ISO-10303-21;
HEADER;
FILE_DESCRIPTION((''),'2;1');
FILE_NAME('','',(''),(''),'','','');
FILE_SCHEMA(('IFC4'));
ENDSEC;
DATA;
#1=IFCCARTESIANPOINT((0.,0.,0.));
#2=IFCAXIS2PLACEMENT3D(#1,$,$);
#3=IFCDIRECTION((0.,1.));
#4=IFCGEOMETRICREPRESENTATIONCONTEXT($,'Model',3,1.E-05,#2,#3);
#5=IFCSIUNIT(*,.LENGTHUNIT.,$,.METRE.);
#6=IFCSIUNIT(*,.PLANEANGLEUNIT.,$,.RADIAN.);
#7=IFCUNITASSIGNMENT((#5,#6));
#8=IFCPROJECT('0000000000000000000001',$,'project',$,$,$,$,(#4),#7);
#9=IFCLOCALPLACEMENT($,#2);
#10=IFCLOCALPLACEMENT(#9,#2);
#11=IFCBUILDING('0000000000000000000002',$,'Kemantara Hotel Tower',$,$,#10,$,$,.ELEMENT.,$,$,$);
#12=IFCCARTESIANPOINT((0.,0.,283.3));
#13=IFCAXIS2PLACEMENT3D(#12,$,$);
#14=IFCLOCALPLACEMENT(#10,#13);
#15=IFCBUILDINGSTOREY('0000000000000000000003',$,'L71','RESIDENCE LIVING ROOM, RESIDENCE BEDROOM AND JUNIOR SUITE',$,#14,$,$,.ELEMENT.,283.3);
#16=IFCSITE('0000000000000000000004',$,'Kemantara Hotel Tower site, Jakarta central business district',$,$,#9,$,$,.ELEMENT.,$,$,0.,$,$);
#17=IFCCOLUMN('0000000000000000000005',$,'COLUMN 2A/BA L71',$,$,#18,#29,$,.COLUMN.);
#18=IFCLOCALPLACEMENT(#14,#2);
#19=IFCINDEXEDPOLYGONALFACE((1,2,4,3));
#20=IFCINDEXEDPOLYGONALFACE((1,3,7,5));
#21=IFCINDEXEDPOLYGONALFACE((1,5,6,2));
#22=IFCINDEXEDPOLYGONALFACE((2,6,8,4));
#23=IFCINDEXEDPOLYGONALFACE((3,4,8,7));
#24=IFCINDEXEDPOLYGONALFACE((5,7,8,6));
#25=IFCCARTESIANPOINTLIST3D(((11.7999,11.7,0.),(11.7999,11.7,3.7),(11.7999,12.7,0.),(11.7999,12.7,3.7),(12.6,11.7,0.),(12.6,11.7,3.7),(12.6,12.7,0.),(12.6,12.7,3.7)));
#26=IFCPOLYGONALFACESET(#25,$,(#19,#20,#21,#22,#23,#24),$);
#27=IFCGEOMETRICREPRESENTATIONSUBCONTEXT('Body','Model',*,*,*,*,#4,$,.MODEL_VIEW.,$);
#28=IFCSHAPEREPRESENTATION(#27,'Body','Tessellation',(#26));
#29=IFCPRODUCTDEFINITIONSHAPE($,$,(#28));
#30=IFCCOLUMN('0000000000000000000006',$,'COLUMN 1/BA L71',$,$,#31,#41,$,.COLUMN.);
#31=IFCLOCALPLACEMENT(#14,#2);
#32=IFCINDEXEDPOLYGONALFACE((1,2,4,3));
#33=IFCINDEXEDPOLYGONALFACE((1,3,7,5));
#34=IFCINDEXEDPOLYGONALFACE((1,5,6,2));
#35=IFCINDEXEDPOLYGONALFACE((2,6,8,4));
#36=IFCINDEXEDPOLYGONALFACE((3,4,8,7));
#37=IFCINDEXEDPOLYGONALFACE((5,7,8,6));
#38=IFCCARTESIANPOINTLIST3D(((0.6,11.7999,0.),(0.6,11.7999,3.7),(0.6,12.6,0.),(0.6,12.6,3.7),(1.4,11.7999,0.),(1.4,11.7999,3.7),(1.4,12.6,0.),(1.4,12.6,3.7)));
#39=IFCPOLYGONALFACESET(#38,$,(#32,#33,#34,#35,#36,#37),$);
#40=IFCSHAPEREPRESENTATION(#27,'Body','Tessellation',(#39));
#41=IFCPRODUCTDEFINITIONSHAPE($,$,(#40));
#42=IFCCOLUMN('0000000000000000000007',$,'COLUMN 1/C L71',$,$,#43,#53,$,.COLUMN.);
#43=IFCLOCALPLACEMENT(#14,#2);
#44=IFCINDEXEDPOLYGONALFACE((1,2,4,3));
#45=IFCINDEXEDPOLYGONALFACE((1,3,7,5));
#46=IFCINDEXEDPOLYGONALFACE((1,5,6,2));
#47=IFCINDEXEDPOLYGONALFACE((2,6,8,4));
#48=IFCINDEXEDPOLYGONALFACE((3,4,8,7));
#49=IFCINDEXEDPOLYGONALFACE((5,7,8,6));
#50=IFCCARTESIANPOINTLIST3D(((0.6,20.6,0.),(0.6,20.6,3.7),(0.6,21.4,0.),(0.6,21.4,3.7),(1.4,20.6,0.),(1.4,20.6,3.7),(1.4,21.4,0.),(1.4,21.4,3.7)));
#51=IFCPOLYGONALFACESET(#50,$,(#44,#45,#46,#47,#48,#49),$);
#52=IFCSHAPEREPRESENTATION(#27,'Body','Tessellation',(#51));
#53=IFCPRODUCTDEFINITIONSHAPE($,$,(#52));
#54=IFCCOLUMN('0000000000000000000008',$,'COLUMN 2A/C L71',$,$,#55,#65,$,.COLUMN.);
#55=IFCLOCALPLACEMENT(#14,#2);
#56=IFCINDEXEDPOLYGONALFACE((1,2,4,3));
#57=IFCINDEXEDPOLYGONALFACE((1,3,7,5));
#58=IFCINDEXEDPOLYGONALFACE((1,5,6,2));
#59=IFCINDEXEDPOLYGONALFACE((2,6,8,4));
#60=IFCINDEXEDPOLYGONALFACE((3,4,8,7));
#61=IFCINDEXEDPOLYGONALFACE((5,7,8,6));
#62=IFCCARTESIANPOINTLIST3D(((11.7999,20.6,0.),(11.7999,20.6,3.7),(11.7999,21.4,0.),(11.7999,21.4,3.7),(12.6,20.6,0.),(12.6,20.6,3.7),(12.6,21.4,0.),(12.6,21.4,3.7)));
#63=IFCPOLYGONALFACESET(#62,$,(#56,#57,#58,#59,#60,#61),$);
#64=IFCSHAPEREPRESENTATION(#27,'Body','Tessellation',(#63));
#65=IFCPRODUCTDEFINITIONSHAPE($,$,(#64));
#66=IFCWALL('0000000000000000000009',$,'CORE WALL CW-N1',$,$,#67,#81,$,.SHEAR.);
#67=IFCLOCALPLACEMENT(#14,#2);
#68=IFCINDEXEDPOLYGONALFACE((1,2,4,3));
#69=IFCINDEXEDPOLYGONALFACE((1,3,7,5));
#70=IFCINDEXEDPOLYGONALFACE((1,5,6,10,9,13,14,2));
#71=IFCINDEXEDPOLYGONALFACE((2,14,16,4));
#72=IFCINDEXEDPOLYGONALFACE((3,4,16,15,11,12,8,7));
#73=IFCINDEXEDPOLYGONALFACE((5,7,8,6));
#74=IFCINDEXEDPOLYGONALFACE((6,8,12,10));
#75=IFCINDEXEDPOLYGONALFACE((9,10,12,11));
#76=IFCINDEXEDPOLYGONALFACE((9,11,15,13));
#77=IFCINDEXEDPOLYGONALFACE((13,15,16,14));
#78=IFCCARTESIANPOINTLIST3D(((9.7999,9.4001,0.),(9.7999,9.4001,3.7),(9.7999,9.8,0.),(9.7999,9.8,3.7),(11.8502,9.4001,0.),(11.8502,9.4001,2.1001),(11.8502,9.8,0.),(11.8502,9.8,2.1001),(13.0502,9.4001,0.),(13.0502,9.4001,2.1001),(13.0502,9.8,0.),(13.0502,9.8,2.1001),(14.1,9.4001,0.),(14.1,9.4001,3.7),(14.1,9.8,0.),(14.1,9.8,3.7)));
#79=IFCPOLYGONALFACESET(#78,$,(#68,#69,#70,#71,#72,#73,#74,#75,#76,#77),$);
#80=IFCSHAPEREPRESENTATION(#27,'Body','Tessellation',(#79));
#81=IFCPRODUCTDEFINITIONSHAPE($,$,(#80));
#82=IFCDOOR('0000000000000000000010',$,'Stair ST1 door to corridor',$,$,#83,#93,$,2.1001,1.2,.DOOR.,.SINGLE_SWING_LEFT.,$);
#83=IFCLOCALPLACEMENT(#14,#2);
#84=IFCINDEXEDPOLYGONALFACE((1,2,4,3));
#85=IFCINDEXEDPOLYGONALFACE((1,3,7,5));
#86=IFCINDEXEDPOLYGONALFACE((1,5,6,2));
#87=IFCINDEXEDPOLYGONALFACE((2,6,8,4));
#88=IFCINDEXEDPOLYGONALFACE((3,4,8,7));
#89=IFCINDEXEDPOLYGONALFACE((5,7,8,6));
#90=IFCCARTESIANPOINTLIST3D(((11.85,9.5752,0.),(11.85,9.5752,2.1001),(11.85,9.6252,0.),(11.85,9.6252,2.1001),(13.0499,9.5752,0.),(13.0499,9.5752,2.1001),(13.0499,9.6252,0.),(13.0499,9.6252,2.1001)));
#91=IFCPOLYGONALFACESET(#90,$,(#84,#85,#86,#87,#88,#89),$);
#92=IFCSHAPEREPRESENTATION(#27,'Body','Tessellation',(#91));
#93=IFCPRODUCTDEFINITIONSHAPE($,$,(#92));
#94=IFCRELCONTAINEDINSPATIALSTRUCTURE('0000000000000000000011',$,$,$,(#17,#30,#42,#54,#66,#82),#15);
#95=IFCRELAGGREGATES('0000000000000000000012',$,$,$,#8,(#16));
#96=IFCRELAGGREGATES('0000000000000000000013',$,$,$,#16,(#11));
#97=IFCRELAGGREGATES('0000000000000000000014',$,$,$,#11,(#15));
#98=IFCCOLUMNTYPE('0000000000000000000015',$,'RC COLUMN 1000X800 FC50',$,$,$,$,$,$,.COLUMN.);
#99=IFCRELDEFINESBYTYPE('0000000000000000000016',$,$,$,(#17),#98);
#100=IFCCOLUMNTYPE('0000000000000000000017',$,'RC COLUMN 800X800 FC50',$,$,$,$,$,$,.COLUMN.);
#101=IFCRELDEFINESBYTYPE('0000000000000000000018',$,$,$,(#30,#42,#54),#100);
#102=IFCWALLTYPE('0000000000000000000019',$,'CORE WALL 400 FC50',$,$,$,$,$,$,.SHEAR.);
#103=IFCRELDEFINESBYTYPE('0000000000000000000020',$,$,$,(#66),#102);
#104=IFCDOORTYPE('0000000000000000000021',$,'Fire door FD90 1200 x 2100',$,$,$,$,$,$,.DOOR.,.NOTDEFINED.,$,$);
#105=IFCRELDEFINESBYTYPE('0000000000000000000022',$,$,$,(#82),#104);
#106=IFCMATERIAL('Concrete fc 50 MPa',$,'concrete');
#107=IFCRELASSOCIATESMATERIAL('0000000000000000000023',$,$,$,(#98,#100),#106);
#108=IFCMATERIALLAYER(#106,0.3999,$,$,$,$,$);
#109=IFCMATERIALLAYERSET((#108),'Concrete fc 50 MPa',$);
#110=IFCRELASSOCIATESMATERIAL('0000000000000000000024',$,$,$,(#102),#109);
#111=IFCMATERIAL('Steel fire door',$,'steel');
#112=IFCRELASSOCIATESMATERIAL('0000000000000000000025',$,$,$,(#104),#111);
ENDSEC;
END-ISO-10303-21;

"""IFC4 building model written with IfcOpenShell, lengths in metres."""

from ifc_helpers import new_model, si_unit, direction, frame, frame_2d, origin, origin_2d, place, context, subcontext, project, spatial, rectangle, extrude, material, layer, layer_set, material_profile, profile_set, type_object, element, fill, save


model = new_model("IFC4")

# Units and contexts
model_context = context("Model", 3, precision=1e-05, world=origin(), true_north=direction((0.0, 1.0)))
body_context = subcontext(model_context, "Body", "Model", "MODEL_VIEW")
ifc_project = project(units=[si_unit("LENGTHUNIT", "METRE"), si_unit("PLANEANGLEUNIT", "RADIAN")], contexts=[model_context])

# Site, building, storey
site_placement = place(None, origin())
site = spatial("IfcSite", under=ifc_project, at=site_placement, Name="Kemantara Hotel Tower site, Jakarta central business district", CompositionType="ELEMENT", RefElevation=0.0)
building_placement = place(site_placement, origin())
building = spatial("IfcBuilding", under=site, at=building_placement, Name="Kemantara Hotel Tower", CompositionType="ELEMENT")
storey_placement = place(building_placement, frame((0.0, 0.0, 283.3)))
storey = spatial("IfcBuildingStorey", under=building, at=storey_placement, Name="L71", Description="RESIDENCE LIVING ROOM, RESIDENCE BEDROOM AND JUNIOR SUITE", CompositionType="ELEMENT", Elevation=283.3)

# Columns
ifc_material_1 = material(Name="Concrete fc 50 MPa", Category="concrete")
ifc_material_profile_1 = material_profile(ifc_material_1, rectangle(XDim=1.0, YDim=0.8, at=origin_2d()), Name="RC 1000X800")
ifc_profile_set_1 = profile_set([ifc_material_profile_1], Name="Concrete fc 50 MPa")
column_type_1 = type_object("IfcColumnType", Name="RC COLUMN 1000X800 FC50", PredefinedType="COLUMN", material=ifc_profile_set_1)
column_placement = place(storey_placement, frame((12.2, 12.2, 0.0), z_axis=(0.0, 0.0, 1.0), x_axis=(0.0, 1.0, 0.0)))
element("IfcColumn", 1, at=column_placement, inside=storey, type_object=column_type_1, Name="COLUMN 2A/BA L71", PredefinedType="COLUMN", context=body_context, shape_type="SweptSolid", body=[
    extrude(rectangle(XDim=1.0, YDim=0.8, at=origin_2d()), origin(), (0.0, 0.0, 1.0), 3.7),
])
ifc_material_profile_2 = material_profile(ifc_material_1, rectangle(XDim=0.8, YDim=0.8, at=origin_2d()), Name="RC 800X800")
ifc_profile_set_2 = profile_set([ifc_material_profile_2], Name="Concrete fc 50 MPa")
column_type_2 = type_object("IfcColumnType", Name="RC COLUMN 800X800 FC50", PredefinedType="COLUMN", material=ifc_profile_set_2)
for number, where, z_axis, x_axis, name in (
    (2, (1.0, 12.2, 0.0), (0.0, 0.0, 1.0), (1.0, 0.0, 0.0), "COLUMN 1/BA L71"),
    (3, (1.0, 21.0, 0.0), (0.0, 0.0, 1.0), (1.0, 0.0, 0.0), "COLUMN 1/C L71"),
    (4, (12.2, 21.0, 0.0), (0.0, 0.0, 1.0), (1.0, 0.0, 0.0), "COLUMN 2A/C L71"),
):
    element("IfcColumn", number, at=place(storey_placement, frame(where, z_axis=z_axis, x_axis=x_axis)), inside=storey, type_object=column_type_2, Name=name, PredefinedType="COLUMN", context=body_context, shape_type="SweptSolid", body=[
        extrude(rectangle(XDim=0.8, YDim=0.8, at=origin_2d()), origin(), (0.0, 0.0, 1.0), 3.7),
    ])

# Wall, opening, door
ifc_layer_1 = layer(ifc_material_1, 0.3999)
ifc_layer_set_1 = layer_set([ifc_layer_1], Name="Concrete fc 50 MPa")
wall_type_1 = type_object("IfcWallType", Name="CORE WALL 400 FC50", PredefinedType="SHEAR", material=ifc_layer_set_1)
wall_1_placement = place(storey_placement, frame((9.8, 9.6001, 0.0), z_axis=(0.0, 0.0, 1.0), x_axis=(1.0, 0.0, 0.0)))
wall_1 = element("IfcWall", 5, at=wall_1_placement, inside=storey, type_object=wall_type_1, Name="CORE WALL CW-N1", PredefinedType="SHEAR", context=body_context, shape_type="SweptSolid", body=[
    extrude(rectangle(XDim=4.3, YDim=0.3999, at=frame_2d((2.1499, 0.0))), origin(), (0.0, 0.0, 1.0), 3.7),
])
opening_1_placement = place(wall_1_placement, frame((2.05, 0.0, 0.0)))
opening_1 = element("IfcOpeningElement", 6, at=opening_1_placement, cuts=wall_1, PredefinedType="OPENING", context=body_context, shape_type="SweptSolid", body=[
    extrude(rectangle(XDim=1.2, YDim=2.1001, at=frame_2d((0.6001, 1.05))), frame((0.0, 0.21, 0.0), z_axis=(0.0, -1.0, 0.0), x_axis=(1.0, 0.0, 0.0)), (0.0, 0.0, 1.0), 0.4199),
])
ifc_material_2 = material(Name="Steel fire door", Category="steel")
door_type_1 = type_object("IfcDoorType", Name="Fire door FD90 1200 x 2100", OperationType="NOTDEFINED", PredefinedType="DOOR", material=ifc_material_2)
door_1_placement = place(opening_1_placement, frame((1.2, 0.0, 0.0), z_axis=(0.0, 0.0, 1.0), x_axis=(-1.0, 0.0, 0.0)))
door_1 = element("IfcDoor", 7, at=door_1_placement, inside=storey, type_object=door_type_1, Name="Stair ST1 door to corridor", OperationType="SINGLE_SWING_LEFT", OverallHeight=2.1001, OverallWidth=1.2, PredefinedType="DOOR", context=body_context, shape_type="SweptSolid", body=[
    extrude(rectangle(XDim=1.2, YDim=2.1001, at=frame_2d((0.6001, 1.05))), frame((0.0, 0.0249, 0.0), z_axis=(0.0, -1.0, 0.0), x_axis=(1.0, 0.0, 0.0)), (0.0, 0.0, 1.0), 0.05),
])
fill(opening_1, door_1)

save(model, "model.ifc")
